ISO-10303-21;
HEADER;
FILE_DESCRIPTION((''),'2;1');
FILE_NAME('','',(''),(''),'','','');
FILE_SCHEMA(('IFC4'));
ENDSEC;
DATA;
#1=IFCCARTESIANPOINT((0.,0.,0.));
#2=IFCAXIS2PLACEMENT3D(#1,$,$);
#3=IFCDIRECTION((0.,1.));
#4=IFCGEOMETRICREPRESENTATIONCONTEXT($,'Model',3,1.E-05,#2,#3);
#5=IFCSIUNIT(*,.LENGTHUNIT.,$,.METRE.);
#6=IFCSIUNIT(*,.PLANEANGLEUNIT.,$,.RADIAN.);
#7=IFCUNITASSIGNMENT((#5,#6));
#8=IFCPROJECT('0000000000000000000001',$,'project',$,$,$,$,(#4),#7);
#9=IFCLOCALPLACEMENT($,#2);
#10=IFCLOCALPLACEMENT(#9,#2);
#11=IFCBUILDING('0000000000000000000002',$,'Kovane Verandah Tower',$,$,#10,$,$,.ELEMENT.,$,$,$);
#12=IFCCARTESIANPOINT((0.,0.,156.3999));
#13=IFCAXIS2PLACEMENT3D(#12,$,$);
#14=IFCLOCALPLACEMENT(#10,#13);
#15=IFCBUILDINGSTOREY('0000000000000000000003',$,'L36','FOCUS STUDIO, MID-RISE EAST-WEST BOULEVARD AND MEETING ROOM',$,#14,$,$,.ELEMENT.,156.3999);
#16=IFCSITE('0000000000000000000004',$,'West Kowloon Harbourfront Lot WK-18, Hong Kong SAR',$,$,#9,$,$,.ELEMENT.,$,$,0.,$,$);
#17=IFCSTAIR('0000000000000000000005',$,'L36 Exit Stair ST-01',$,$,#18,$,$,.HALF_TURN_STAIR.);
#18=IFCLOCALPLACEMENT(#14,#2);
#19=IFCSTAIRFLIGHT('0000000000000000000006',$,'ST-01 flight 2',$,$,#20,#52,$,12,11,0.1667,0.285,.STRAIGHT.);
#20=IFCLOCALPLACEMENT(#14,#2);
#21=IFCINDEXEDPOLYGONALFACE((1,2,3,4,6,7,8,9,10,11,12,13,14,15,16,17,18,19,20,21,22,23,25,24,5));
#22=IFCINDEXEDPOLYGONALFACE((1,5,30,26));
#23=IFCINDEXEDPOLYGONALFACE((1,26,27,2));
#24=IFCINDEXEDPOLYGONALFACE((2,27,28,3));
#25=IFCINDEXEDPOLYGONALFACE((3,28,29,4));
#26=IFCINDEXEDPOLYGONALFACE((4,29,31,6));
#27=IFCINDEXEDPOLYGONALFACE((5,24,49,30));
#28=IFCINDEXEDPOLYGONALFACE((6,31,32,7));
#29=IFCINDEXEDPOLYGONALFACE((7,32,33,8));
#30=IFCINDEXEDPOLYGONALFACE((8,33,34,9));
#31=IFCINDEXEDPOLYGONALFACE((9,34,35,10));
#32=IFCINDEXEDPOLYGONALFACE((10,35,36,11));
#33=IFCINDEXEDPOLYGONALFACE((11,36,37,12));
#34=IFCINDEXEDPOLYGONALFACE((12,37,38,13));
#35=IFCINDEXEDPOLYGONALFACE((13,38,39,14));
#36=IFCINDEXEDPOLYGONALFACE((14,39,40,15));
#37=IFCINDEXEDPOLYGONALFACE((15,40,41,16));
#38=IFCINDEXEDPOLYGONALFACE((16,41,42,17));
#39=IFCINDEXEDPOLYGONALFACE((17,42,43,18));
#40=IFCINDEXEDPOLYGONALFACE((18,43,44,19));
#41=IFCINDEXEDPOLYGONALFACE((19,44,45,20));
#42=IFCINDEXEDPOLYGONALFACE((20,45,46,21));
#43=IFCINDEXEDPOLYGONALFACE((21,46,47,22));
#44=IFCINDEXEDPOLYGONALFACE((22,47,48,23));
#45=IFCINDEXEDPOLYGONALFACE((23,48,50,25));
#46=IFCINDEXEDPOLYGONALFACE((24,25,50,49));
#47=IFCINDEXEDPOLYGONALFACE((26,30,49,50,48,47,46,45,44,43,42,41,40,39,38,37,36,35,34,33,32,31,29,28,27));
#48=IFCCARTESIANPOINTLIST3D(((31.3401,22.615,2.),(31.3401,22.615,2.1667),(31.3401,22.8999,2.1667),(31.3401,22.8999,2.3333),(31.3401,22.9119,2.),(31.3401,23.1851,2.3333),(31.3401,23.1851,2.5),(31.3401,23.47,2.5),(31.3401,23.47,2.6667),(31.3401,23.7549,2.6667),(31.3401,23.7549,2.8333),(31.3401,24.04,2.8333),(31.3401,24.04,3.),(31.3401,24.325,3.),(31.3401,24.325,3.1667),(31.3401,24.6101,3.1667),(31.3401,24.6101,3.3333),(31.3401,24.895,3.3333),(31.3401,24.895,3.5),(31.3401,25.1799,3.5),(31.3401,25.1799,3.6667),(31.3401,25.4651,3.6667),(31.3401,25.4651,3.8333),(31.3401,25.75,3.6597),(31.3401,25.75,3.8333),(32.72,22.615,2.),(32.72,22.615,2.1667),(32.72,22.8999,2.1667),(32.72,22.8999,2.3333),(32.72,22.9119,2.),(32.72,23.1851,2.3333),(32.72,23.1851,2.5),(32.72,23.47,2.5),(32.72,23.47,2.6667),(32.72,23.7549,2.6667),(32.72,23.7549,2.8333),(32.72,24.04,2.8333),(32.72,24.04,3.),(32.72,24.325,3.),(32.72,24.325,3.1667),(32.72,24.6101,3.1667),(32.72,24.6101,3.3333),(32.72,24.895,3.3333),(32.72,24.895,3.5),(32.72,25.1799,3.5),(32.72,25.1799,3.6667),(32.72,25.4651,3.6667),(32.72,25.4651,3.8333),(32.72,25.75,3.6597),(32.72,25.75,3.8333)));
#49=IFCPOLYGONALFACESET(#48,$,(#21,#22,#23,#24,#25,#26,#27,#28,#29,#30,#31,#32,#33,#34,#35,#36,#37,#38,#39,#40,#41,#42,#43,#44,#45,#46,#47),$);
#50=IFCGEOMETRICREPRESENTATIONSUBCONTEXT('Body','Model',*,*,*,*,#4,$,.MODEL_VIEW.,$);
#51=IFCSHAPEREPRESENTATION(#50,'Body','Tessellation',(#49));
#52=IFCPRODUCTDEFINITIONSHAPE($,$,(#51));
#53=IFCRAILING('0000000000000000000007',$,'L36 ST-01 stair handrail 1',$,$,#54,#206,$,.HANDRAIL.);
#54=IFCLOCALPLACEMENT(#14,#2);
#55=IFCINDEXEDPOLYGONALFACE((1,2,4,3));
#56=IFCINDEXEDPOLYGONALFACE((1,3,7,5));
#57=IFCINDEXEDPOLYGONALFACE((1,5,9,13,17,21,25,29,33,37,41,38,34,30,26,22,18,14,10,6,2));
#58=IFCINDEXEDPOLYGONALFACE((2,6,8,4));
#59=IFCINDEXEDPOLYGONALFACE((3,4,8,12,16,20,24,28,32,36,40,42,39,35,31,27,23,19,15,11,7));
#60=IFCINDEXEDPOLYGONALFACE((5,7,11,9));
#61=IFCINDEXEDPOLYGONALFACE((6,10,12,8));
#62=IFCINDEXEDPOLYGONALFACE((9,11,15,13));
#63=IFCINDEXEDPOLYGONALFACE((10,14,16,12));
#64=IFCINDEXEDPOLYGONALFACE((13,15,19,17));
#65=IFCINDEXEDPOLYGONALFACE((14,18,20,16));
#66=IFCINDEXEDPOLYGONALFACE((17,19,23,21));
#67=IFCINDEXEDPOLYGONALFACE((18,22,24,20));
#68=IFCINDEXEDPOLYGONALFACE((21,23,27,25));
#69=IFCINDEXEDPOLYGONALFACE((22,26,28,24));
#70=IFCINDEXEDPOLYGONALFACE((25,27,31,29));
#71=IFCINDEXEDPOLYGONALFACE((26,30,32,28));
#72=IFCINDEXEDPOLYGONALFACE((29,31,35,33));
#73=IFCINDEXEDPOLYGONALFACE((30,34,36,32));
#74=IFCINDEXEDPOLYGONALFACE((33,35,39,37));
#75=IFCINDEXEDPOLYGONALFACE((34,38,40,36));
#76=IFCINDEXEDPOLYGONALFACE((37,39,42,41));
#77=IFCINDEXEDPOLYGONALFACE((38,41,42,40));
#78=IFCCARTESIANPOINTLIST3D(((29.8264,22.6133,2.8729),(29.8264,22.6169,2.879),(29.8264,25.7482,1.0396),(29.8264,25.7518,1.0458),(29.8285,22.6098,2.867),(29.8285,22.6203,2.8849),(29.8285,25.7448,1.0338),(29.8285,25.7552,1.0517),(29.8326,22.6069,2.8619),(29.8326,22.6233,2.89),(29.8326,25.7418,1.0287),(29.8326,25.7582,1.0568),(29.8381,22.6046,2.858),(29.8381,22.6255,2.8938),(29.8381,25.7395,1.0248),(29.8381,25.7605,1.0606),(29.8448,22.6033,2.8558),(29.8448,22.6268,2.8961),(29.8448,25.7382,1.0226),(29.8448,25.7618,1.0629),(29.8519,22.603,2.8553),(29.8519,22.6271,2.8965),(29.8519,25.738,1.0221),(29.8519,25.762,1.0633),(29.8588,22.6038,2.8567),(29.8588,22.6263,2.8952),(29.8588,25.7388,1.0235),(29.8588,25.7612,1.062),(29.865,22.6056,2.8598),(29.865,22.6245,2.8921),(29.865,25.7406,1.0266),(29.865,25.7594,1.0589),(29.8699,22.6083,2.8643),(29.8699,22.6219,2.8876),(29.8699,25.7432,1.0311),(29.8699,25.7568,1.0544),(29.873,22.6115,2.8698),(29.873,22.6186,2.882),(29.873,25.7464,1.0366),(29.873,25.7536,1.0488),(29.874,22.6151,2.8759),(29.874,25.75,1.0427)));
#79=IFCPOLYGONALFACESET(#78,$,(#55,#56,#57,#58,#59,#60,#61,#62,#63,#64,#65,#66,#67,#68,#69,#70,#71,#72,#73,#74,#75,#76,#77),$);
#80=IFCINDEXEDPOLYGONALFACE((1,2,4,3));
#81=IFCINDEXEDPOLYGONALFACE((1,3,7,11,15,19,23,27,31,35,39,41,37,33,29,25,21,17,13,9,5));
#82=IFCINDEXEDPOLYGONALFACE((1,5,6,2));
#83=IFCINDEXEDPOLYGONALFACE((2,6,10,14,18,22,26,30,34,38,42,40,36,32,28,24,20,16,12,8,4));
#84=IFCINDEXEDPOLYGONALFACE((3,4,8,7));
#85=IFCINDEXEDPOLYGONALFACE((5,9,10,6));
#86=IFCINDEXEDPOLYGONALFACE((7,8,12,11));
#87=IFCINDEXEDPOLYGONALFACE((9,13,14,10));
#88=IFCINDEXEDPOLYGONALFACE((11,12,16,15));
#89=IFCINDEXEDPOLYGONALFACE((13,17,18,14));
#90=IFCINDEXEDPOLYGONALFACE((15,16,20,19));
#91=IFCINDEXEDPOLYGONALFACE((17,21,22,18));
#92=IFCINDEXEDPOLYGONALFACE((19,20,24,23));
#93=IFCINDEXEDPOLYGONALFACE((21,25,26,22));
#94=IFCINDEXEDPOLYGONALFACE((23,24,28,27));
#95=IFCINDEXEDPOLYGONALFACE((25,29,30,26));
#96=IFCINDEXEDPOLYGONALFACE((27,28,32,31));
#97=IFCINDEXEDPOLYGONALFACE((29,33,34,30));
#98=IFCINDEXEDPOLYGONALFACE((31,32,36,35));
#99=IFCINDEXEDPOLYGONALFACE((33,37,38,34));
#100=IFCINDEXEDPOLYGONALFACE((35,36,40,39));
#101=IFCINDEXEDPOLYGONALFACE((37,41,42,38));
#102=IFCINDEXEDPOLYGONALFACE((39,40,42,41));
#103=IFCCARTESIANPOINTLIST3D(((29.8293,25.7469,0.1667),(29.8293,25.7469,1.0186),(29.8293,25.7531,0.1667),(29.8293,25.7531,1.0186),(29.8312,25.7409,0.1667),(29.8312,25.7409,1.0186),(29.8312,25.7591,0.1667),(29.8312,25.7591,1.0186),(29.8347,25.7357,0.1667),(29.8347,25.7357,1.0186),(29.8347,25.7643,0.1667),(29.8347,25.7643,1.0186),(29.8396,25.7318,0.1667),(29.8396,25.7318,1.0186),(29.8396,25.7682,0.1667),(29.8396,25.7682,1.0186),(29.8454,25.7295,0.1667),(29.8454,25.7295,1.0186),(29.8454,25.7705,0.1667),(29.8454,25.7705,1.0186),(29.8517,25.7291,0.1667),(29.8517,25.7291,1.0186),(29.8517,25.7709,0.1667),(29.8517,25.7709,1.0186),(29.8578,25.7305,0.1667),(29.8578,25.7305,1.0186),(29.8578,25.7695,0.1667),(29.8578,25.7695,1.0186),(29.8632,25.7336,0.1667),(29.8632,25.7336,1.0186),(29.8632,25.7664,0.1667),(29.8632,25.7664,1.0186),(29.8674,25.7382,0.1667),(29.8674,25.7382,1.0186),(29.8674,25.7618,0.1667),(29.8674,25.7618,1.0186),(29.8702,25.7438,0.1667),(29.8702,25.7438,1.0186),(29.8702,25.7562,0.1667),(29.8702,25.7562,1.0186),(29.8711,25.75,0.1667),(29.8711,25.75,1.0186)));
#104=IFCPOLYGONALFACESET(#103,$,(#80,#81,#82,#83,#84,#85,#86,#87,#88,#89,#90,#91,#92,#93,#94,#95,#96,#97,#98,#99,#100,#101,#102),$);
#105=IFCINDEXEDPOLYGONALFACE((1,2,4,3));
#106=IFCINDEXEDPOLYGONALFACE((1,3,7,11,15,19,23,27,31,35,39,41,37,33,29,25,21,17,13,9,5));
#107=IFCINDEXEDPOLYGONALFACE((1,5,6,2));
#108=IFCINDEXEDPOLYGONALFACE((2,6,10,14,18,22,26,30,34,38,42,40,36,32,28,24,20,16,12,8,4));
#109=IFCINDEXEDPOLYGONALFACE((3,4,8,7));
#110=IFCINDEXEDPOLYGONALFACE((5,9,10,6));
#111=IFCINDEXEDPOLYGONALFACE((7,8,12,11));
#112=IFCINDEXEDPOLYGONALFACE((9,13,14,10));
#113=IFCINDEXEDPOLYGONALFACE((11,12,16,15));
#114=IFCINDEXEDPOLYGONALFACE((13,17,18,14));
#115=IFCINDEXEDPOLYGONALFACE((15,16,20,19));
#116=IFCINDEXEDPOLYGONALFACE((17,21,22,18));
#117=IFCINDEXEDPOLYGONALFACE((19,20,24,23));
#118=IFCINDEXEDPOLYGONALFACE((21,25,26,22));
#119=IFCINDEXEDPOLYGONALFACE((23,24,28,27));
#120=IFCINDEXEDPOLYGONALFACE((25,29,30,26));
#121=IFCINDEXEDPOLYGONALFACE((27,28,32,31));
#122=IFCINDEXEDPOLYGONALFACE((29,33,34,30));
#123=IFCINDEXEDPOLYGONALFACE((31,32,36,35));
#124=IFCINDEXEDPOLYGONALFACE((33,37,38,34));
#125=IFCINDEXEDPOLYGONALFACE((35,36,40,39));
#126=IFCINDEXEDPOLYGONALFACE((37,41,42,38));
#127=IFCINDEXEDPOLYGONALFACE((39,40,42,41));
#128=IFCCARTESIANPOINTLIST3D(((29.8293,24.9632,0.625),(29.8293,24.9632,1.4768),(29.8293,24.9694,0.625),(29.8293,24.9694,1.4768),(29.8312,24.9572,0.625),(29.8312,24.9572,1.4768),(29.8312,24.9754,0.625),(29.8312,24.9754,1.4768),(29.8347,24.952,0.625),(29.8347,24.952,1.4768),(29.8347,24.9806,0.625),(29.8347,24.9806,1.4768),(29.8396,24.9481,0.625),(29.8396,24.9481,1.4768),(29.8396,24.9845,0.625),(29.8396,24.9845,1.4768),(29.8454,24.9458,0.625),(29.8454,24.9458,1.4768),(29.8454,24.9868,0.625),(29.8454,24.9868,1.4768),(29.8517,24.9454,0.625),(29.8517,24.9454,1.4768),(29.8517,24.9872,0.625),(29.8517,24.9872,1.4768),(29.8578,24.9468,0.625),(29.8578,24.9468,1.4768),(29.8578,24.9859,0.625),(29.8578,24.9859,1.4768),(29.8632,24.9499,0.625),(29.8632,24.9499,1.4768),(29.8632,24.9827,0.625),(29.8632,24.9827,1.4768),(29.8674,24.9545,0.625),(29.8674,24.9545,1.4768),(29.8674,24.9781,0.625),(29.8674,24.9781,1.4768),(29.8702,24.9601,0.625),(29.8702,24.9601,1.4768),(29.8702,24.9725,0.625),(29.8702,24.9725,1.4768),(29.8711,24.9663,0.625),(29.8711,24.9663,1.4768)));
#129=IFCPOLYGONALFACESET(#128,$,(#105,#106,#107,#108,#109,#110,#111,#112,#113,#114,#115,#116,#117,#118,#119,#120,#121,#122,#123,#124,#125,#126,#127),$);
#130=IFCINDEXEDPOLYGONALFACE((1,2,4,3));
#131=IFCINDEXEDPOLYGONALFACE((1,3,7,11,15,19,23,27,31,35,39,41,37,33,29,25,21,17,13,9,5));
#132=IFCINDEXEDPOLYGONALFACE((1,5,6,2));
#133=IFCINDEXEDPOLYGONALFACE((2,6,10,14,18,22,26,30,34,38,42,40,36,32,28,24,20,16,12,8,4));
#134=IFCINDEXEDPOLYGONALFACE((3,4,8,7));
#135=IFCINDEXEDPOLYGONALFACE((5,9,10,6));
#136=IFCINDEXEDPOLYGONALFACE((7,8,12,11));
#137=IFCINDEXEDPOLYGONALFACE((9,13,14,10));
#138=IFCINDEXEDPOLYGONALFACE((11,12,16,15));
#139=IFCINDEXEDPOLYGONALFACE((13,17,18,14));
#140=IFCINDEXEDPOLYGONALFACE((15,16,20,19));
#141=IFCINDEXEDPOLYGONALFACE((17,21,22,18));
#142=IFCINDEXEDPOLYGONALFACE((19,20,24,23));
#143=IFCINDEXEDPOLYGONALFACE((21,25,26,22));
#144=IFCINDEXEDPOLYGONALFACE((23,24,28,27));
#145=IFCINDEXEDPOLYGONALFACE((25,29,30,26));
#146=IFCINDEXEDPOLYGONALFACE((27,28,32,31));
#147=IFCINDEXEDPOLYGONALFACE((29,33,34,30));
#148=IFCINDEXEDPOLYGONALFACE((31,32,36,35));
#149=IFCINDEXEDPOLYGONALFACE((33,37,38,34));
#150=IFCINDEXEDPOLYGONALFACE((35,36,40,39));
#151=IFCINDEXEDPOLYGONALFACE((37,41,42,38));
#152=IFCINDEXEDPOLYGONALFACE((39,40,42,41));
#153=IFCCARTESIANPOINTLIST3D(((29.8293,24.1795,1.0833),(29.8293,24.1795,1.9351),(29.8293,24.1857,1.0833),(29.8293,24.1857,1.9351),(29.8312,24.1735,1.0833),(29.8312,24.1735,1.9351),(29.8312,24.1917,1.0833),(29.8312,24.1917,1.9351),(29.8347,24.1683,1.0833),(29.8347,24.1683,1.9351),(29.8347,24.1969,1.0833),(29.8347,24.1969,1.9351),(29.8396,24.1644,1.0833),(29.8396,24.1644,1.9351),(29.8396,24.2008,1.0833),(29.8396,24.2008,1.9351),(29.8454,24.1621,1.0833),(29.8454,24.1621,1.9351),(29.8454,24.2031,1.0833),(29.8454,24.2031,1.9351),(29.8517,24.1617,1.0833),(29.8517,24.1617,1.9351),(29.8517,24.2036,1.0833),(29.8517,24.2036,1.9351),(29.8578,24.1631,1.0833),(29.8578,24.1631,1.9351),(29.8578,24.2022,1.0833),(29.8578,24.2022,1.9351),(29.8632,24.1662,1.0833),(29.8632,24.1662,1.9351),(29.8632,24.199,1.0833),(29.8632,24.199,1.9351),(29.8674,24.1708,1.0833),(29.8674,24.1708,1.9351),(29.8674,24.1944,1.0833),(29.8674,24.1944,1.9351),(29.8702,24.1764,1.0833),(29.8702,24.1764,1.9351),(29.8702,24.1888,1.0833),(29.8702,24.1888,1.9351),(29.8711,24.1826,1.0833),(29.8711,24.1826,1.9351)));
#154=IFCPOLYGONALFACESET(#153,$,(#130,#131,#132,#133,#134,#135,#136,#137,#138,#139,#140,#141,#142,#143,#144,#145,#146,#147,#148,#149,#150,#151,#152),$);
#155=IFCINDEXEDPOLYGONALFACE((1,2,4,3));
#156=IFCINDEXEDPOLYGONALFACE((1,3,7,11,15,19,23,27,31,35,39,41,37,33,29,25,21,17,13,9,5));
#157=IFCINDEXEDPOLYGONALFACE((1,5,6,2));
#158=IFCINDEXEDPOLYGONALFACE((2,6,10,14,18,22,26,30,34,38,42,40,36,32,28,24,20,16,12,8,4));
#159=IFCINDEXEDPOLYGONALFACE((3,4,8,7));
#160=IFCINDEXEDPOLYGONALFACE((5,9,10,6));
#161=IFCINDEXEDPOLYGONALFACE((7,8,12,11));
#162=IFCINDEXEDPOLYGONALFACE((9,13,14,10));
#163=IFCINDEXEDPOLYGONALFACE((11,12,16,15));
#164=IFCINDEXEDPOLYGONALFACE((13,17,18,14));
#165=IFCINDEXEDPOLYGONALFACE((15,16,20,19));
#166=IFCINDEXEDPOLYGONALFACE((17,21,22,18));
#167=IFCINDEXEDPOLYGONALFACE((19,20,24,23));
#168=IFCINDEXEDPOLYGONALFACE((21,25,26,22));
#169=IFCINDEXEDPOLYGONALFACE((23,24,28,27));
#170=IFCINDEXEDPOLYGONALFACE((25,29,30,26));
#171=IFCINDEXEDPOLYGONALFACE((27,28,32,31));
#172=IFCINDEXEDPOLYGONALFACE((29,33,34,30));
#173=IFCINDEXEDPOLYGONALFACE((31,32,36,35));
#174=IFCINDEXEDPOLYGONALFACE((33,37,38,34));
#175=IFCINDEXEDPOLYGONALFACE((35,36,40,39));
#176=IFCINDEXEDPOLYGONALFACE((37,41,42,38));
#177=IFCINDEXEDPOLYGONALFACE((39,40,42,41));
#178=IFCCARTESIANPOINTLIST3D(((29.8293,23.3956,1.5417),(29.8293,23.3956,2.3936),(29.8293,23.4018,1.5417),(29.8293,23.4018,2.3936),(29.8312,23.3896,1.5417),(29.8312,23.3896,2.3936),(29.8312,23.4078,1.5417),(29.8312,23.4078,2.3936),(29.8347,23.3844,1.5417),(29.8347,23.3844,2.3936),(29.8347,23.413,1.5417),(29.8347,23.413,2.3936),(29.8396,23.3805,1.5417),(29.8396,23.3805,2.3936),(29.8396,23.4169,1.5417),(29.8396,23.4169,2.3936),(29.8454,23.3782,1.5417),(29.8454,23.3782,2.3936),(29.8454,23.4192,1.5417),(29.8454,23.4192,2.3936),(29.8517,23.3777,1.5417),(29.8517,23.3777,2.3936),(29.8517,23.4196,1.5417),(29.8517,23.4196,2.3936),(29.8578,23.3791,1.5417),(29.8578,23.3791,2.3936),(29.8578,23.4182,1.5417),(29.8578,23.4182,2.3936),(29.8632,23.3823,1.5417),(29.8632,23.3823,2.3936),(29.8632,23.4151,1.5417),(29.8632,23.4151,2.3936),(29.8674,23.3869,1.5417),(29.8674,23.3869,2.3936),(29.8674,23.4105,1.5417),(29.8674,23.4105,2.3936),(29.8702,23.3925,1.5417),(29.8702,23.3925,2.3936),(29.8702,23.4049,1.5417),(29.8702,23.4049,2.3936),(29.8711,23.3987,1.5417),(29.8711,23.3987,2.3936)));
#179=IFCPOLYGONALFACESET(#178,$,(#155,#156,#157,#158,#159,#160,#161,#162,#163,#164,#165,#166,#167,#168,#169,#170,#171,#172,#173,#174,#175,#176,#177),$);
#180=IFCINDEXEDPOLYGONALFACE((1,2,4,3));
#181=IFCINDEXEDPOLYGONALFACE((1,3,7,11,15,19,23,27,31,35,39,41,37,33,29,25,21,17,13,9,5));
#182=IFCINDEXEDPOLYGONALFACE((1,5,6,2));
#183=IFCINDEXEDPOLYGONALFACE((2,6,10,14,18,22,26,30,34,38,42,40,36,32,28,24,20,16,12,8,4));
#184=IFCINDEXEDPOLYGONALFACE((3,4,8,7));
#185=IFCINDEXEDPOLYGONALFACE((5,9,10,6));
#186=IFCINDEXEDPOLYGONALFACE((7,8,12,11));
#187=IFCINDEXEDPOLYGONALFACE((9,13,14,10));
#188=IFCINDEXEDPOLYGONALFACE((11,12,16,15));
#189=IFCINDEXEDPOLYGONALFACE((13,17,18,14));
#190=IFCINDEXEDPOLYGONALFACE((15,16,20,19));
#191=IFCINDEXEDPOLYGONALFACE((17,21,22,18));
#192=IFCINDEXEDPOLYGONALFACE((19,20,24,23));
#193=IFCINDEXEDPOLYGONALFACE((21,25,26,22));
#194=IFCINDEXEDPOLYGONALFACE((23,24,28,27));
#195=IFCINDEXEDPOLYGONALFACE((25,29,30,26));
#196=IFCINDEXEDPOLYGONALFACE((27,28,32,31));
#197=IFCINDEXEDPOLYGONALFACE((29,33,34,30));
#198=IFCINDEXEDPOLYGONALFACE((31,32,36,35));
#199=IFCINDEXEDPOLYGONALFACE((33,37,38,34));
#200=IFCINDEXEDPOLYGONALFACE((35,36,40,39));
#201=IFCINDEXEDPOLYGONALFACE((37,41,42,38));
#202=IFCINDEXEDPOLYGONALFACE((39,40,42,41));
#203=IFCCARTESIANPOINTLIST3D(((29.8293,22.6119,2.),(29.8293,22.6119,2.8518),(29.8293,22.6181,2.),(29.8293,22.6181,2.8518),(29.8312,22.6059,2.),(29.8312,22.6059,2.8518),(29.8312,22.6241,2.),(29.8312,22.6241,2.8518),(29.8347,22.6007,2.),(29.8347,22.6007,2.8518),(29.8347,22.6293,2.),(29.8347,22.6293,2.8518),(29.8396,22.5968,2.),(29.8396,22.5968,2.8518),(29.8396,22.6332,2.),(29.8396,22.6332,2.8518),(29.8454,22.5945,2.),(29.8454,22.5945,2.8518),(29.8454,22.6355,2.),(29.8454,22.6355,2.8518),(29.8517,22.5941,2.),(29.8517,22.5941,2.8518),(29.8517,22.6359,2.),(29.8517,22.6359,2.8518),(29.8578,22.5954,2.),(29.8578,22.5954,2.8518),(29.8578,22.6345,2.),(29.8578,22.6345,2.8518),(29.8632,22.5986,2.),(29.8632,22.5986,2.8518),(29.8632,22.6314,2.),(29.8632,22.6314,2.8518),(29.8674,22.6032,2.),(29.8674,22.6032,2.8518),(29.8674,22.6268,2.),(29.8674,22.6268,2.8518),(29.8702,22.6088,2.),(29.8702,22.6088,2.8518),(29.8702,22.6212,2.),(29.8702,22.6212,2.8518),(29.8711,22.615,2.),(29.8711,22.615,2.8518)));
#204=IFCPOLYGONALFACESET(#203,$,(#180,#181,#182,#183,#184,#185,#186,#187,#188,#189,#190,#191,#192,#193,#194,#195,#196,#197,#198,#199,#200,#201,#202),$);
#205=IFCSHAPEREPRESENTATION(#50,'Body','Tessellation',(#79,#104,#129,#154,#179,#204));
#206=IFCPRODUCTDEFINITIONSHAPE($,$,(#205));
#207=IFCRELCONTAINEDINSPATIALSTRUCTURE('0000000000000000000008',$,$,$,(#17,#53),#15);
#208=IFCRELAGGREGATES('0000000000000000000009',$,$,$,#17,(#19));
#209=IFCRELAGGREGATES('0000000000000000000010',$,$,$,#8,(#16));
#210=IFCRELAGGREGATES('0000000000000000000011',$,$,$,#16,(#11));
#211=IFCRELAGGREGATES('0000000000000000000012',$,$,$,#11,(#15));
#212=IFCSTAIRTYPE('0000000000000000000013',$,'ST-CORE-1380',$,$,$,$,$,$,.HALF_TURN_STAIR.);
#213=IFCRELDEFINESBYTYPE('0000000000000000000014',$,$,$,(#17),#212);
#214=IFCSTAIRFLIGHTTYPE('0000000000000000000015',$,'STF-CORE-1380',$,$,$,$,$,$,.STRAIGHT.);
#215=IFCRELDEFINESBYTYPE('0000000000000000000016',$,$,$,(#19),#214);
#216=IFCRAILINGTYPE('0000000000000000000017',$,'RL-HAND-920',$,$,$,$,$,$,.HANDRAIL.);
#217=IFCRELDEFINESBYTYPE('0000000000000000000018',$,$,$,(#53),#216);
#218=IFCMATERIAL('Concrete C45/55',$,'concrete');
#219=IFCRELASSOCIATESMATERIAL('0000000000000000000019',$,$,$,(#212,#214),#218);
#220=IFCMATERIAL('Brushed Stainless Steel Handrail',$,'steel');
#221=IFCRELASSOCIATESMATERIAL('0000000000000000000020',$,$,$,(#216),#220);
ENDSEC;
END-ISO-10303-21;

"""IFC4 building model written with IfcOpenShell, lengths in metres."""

from ifc_helpers import new_model, si_unit, direction, frame, origin, origin_2d, place, context, subcontext, project, spatial, polyline, circle, outline, extrude, material, type_object, element, aggregate, save


model = new_model("IFC4")

# Units and contexts
model_context = context("Model", 3, precision=1e-05, world=origin(), true_north=direction((0.0, 1.0)))
body_context = subcontext(model_context, "Body", "Model", "MODEL_VIEW")
ifc_project = project(units=[si_unit("LENGTHUNIT", "METRE"), si_unit("PLANEANGLEUNIT", "RADIAN")], contexts=[model_context])

# Site, building, storey
site_placement = place(None, origin())
site = spatial("IfcSite", under=ifc_project, at=site_placement, Name="West Kowloon Harbourfront Lot WK-18, Hong Kong SAR", CompositionType="ELEMENT", RefElevation=0.0)
building_placement = place(site_placement, origin())
building = spatial("IfcBuilding", under=site, at=building_placement, Name="Kovane Verandah Tower", CompositionType="ELEMENT")
storey_placement = place(building_placement, frame((0.0, 0.0, 156.3999)))
storey = spatial("IfcBuildingStorey", under=building, at=storey_placement, Name="L36", Description="FOCUS STUDIO, MID-RISE EAST-WEST BOULEVARD AND MEETING ROOM", CompositionType="ELEMENT", Elevation=156.3999)

# Shared definitions
ifc_material_1 = material(Name="Concrete C45/55", Category="concrete")

# Stair, stair flight
stair_type = type_object("IfcStairType", Name="ST-CORE-1380", PredefinedType="HALF_TURN_STAIR", material=ifc_material_1)
stair_placement = place(storey_placement, origin())
stair = element("IfcStair", 1, at=stair_placement, inside=storey, type_object=stair_type, Name="L36 Exit Stair ST-01", PredefinedType="HALF_TURN_STAIR")
stair_flight_type = type_object("IfcStairFlightType", Name="STF-CORE-1380", PredefinedType="STRAIGHT", material=ifc_material_1)
stair_flight_1_placement = place(storey_placement, frame((32.03, 22.615, 2.0), z_axis=(0.0, 0.0, 1.0), x_axis=(0.0, 1.0, 0.0)))
stair_flight_1 = element("IfcStairFlight", 2, at=stair_flight_1_placement, type_object=stair_flight_type, Name="ST-01 flight 2", NumberOfRisers=12, NumberOfTreads=11, PredefinedType="STRAIGHT", RiserHeight=0.1667, TreadLength=0.285, context=body_context, shape_type="SweptSolid", body=[
    extrude(outline(polyline([(0.0, 0.0), (0.0, 0.1667), (0.2849, 0.1667), (0.2849, 0.3333), (0.5701, 0.3333), (0.5701, 0.5), (0.855, 0.5), (0.855, 0.6667), (1.1399, 0.6667), (1.1399, 0.8333), (1.425, 0.8333), (1.425, 1.0), (1.71, 1.0), (1.71, 1.1667), (1.9951, 1.1667), (1.9951, 1.3333), (2.28, 1.3333), (2.28, 1.5), (2.5649, 1.5), (2.5649, 1.6667), (2.8501, 1.6667), (2.8501, 1.8333), (3.135, 1.8333), (3.135, 2.0), (3.135, 1.6597), (0.2969, 0.0), (0.0, 0.0)])), frame((0.0, 0.6899, 0.0), z_axis=(0.0, -1.0, 0.0), x_axis=(1.0, 0.0, 0.0)), (0.0, 0.0, 1.0), 1.3799),
])
aggregate(stair, [stair_flight_1])

# Railing
ifc_material_2 = material(Name="Brushed Stainless Steel Handrail", Category="steel")
railing_type_1 = type_object("IfcRailingType", Name="RL-HAND-920", PredefinedType="HANDRAIL", material=ifc_material_2)
railing_1_placement = place(storey_placement, frame((29.8501, 25.75, 0.1667)))
element("IfcRailing", 3, at=railing_1_placement, inside=storey, type_object=railing_type_1, Name="L36 ST-01 stair handrail 1", PredefinedType="HANDRAIL", context=body_context, shape_type="SweptSolid", body=[
    extrude(circle(Radius=0.0239, at=origin_2d()), frame((0.0, 0.0, 0.876), z_axis=(0.0, -0.86324, 0.504794), x_axis=(1.0, 0.0, 0.0)), (0.0, 0.0, 1.0), 3.6316),
    extrude(circle(Radius=0.021, at=origin_2d()), origin(), (0.0, 0.0, 1.0), 0.8518),
    extrude(circle(Radius=0.021, at=origin_2d()), frame((0.0, -0.7837, 0.4583)), (0.0, 0.0, 1.0), 0.8518),
    extrude(circle(Radius=0.021, at=origin_2d()), frame((0.0, -1.5674, 0.9165)), (0.0, 0.0, 1.0), 0.8518),
    extrude(circle(Radius=0.021, at=origin_2d()), frame((0.0, -2.3513, 1.375)), (0.0, 0.0, 1.0), 0.8518),
    extrude(circle(Radius=0.021, at=origin_2d()), frame((0.0, -3.135, 1.8333)), (0.0, 0.0, 1.0), 0.8518),
])

save(model, "model.ifc")
